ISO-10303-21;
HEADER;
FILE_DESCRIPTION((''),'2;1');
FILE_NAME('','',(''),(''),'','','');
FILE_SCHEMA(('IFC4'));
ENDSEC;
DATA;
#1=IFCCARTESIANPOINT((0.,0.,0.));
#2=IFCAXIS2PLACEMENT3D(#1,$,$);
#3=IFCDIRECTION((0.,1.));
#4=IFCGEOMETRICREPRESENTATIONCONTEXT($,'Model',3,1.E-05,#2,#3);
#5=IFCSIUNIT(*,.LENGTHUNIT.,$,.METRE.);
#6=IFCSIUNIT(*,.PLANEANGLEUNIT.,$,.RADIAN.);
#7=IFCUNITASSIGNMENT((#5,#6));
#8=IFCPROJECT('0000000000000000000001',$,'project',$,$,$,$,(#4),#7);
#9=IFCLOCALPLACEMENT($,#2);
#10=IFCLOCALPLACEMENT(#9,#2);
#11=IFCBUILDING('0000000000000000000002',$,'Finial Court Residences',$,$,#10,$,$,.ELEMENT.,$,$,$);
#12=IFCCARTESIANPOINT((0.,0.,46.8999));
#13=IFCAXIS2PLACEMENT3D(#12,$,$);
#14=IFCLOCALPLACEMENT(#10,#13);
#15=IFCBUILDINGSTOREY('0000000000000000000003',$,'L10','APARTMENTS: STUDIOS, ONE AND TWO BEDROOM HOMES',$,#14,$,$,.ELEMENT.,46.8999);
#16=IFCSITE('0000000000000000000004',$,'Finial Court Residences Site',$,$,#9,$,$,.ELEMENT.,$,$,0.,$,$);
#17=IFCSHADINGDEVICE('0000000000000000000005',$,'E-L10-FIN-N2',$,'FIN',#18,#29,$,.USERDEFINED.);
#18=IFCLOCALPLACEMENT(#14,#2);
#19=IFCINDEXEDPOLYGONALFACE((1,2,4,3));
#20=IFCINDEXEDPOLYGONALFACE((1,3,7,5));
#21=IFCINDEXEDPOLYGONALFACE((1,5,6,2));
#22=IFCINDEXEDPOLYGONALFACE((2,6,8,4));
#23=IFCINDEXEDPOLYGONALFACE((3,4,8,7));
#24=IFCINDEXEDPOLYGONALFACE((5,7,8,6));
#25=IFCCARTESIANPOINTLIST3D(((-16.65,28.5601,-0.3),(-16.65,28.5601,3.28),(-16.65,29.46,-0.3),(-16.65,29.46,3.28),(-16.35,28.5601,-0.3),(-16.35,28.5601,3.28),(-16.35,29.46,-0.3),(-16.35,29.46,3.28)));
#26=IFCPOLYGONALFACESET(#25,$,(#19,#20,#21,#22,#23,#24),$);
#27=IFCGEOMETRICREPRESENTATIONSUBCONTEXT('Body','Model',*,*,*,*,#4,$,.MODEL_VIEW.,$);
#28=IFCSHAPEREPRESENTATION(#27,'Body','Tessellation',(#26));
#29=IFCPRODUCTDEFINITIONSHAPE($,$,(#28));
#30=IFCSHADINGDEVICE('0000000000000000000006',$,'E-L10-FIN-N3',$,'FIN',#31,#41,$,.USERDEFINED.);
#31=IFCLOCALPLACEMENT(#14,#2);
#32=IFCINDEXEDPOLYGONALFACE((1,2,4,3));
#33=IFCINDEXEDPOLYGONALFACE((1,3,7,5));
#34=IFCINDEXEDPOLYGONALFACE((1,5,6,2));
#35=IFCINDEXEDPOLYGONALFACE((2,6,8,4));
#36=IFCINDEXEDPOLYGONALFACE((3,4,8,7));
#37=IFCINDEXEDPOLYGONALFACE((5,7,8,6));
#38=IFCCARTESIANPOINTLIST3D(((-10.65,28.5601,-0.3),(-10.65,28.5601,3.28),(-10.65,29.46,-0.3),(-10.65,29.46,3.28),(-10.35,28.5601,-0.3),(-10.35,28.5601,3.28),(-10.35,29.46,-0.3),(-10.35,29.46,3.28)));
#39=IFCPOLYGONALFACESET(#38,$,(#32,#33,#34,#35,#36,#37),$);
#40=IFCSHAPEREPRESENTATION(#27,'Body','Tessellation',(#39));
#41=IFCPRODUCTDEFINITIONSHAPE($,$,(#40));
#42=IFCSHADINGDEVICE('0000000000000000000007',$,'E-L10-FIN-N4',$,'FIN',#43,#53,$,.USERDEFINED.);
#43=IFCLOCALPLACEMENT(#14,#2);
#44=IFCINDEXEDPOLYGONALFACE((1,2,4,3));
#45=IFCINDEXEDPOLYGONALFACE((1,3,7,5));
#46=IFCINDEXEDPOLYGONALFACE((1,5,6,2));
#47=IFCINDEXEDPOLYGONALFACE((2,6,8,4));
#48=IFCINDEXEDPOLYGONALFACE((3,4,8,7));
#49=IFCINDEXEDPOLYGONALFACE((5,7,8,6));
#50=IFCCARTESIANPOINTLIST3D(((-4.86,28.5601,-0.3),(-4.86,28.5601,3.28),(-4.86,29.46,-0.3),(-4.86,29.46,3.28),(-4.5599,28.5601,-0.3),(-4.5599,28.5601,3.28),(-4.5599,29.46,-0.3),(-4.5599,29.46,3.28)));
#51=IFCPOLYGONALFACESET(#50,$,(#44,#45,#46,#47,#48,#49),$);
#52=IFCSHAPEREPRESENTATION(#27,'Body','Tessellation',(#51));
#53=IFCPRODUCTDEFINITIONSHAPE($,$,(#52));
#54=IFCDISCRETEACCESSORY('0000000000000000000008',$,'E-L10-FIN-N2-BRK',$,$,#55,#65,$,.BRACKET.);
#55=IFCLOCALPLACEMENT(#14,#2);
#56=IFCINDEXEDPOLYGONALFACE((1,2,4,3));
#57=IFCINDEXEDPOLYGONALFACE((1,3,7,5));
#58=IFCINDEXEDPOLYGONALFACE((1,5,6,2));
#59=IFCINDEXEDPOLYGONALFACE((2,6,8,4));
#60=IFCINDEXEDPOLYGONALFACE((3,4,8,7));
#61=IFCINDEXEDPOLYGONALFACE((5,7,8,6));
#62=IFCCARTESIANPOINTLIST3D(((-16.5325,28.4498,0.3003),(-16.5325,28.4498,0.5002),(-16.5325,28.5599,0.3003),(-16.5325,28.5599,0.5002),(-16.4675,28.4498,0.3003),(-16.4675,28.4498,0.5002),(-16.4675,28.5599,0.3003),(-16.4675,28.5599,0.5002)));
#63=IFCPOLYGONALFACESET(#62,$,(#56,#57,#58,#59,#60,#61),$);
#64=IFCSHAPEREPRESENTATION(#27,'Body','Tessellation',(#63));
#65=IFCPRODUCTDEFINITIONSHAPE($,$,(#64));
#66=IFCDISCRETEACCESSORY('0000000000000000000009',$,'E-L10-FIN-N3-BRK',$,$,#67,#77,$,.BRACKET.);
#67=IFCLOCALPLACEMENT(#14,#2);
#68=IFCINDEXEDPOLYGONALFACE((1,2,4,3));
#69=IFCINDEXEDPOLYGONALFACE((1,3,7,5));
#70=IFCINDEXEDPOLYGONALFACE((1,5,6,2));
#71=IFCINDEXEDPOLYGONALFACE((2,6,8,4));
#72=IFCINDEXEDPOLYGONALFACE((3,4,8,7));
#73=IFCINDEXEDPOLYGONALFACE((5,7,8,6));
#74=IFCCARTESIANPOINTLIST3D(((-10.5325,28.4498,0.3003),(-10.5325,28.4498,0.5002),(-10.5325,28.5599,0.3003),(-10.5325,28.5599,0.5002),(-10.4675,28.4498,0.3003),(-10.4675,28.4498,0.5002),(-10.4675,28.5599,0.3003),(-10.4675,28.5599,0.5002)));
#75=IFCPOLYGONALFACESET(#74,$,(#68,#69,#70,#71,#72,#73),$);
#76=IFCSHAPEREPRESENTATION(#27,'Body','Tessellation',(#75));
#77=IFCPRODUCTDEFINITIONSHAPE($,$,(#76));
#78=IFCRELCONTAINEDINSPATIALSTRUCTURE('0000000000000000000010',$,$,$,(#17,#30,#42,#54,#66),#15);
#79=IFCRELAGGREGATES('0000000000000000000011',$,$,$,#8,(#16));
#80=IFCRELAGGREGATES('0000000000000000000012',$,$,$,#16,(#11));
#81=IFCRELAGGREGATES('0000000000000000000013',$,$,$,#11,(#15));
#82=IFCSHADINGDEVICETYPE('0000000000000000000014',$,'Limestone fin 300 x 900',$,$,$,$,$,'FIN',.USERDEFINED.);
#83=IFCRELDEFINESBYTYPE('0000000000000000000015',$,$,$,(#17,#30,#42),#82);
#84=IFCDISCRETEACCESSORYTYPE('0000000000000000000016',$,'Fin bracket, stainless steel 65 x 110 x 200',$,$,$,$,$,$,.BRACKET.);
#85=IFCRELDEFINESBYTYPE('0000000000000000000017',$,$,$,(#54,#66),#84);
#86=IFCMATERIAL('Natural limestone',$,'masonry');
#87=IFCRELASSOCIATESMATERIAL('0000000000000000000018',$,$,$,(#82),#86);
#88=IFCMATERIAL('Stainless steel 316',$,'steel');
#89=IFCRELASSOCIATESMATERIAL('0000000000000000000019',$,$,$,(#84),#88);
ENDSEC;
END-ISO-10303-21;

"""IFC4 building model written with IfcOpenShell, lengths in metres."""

from ifc_helpers import new_model, si_unit, direction, frame, origin, origin_2d, place, context, subcontext, project, spatial, rectangle, extrude, material, type_object, element, save


model = new_model("IFC4")

# Units and contexts
model_context = context("Model", 3, precision=1e-05, world=origin(), true_north=direction((0.0, 1.0)))
body_context = subcontext(model_context, "Body", "Model", "MODEL_VIEW")
ifc_project = project(units=[si_unit("LENGTHUNIT", "METRE"), si_unit("PLANEANGLEUNIT", "RADIAN")], contexts=[model_context])

# Site, building, storey
site_placement = place(None, origin())
site = spatial("IfcSite", under=ifc_project, at=site_placement, Name="Finial Court Residences Site", CompositionType="ELEMENT", RefElevation=0.0)
building_placement = place(site_placement, origin())
building = spatial("IfcBuilding", under=site, at=building_placement, Name="Finial Court Residences", CompositionType="ELEMENT")
storey_placement = place(building_placement, frame((0.0, 0.0, 46.8999)))
storey = spatial("IfcBuildingStorey", under=building, at=storey_placement, Name="L10", Description="APARTMENTS: STUDIOS, ONE AND TWO BEDROOM HOMES", CompositionType="ELEMENT", Elevation=46.8999)

# Shading devices
ifc_material_1 = material(Name="Natural limestone", Category="masonry")
shading_device_type = type_object("IfcShadingDeviceType", Name="Limestone fin 300 x 900", ElementType="FIN", PredefinedType="USERDEFINED", material=ifc_material_1)
for number, where, z_axis, x_axis, name in (
    (1, (-16.5, 29.01, -0.3), (0.0, 0.0, 1.0), (1.0, 0.0, 0.0), "E-L10-FIN-N2"),
    (2, (-10.5, 29.01, -0.3), (0.0, 0.0, 1.0), (1.0, 0.0, 0.0), "E-L10-FIN-N3"),
    (3, (-4.71, 29.01, -0.3), (0.0, 0.0, 1.0), (1.0, 0.0, 0.0), "E-L10-FIN-N4"),
):
    element("IfcShadingDevice", number, at=place(storey_placement, frame(where, z_axis=z_axis, x_axis=x_axis)), inside=storey, type_object=shading_device_type, Name=name, ObjectType="FIN", PredefinedType="USERDEFINED", context=body_context, shape_type="SweptSolid", body=[
        extrude(rectangle(XDim=0.3, YDim=0.8999, at=origin_2d()), origin(), (0.0, 0.0, 1.0), 3.5801),
    ])

# Discrete accessories
ifc_material_2 = material(Name="Stainless steel 316", Category="steel")
discrete_accessory_type = type_object("IfcDiscreteAccessoryType", Name="Fin bracket, stainless steel 65 x 110 x 200", PredefinedType="BRACKET", material=ifc_material_2)
for number, where, z_axis, x_axis, name in (
    (4, (-16.5, 28.5049, 0.3003), (0.0, 0.0, 1.0), (1.0, 0.0, 0.0), "E-L10-FIN-N2-BRK"),
    (5, (-10.5, 28.5049, 0.3003), (0.0, 0.0, 1.0), (1.0, 0.0, 0.0), "E-L10-FIN-N3-BRK"),
):
    element("IfcDiscreteAccessory", number, at=place(storey_placement, frame(where, z_axis=z_axis, x_axis=x_axis)), inside=storey, type_object=discrete_accessory_type, Name=name, PredefinedType="BRACKET", context=body_context, shape_type="SweptSolid", body=[
        extrude(rectangle(XDim=0.0649, YDim=0.1101, at=origin_2d()), origin(), (0.0, 0.0, 1.0), 0.2),
    ])

save(model, "model.ifc")
